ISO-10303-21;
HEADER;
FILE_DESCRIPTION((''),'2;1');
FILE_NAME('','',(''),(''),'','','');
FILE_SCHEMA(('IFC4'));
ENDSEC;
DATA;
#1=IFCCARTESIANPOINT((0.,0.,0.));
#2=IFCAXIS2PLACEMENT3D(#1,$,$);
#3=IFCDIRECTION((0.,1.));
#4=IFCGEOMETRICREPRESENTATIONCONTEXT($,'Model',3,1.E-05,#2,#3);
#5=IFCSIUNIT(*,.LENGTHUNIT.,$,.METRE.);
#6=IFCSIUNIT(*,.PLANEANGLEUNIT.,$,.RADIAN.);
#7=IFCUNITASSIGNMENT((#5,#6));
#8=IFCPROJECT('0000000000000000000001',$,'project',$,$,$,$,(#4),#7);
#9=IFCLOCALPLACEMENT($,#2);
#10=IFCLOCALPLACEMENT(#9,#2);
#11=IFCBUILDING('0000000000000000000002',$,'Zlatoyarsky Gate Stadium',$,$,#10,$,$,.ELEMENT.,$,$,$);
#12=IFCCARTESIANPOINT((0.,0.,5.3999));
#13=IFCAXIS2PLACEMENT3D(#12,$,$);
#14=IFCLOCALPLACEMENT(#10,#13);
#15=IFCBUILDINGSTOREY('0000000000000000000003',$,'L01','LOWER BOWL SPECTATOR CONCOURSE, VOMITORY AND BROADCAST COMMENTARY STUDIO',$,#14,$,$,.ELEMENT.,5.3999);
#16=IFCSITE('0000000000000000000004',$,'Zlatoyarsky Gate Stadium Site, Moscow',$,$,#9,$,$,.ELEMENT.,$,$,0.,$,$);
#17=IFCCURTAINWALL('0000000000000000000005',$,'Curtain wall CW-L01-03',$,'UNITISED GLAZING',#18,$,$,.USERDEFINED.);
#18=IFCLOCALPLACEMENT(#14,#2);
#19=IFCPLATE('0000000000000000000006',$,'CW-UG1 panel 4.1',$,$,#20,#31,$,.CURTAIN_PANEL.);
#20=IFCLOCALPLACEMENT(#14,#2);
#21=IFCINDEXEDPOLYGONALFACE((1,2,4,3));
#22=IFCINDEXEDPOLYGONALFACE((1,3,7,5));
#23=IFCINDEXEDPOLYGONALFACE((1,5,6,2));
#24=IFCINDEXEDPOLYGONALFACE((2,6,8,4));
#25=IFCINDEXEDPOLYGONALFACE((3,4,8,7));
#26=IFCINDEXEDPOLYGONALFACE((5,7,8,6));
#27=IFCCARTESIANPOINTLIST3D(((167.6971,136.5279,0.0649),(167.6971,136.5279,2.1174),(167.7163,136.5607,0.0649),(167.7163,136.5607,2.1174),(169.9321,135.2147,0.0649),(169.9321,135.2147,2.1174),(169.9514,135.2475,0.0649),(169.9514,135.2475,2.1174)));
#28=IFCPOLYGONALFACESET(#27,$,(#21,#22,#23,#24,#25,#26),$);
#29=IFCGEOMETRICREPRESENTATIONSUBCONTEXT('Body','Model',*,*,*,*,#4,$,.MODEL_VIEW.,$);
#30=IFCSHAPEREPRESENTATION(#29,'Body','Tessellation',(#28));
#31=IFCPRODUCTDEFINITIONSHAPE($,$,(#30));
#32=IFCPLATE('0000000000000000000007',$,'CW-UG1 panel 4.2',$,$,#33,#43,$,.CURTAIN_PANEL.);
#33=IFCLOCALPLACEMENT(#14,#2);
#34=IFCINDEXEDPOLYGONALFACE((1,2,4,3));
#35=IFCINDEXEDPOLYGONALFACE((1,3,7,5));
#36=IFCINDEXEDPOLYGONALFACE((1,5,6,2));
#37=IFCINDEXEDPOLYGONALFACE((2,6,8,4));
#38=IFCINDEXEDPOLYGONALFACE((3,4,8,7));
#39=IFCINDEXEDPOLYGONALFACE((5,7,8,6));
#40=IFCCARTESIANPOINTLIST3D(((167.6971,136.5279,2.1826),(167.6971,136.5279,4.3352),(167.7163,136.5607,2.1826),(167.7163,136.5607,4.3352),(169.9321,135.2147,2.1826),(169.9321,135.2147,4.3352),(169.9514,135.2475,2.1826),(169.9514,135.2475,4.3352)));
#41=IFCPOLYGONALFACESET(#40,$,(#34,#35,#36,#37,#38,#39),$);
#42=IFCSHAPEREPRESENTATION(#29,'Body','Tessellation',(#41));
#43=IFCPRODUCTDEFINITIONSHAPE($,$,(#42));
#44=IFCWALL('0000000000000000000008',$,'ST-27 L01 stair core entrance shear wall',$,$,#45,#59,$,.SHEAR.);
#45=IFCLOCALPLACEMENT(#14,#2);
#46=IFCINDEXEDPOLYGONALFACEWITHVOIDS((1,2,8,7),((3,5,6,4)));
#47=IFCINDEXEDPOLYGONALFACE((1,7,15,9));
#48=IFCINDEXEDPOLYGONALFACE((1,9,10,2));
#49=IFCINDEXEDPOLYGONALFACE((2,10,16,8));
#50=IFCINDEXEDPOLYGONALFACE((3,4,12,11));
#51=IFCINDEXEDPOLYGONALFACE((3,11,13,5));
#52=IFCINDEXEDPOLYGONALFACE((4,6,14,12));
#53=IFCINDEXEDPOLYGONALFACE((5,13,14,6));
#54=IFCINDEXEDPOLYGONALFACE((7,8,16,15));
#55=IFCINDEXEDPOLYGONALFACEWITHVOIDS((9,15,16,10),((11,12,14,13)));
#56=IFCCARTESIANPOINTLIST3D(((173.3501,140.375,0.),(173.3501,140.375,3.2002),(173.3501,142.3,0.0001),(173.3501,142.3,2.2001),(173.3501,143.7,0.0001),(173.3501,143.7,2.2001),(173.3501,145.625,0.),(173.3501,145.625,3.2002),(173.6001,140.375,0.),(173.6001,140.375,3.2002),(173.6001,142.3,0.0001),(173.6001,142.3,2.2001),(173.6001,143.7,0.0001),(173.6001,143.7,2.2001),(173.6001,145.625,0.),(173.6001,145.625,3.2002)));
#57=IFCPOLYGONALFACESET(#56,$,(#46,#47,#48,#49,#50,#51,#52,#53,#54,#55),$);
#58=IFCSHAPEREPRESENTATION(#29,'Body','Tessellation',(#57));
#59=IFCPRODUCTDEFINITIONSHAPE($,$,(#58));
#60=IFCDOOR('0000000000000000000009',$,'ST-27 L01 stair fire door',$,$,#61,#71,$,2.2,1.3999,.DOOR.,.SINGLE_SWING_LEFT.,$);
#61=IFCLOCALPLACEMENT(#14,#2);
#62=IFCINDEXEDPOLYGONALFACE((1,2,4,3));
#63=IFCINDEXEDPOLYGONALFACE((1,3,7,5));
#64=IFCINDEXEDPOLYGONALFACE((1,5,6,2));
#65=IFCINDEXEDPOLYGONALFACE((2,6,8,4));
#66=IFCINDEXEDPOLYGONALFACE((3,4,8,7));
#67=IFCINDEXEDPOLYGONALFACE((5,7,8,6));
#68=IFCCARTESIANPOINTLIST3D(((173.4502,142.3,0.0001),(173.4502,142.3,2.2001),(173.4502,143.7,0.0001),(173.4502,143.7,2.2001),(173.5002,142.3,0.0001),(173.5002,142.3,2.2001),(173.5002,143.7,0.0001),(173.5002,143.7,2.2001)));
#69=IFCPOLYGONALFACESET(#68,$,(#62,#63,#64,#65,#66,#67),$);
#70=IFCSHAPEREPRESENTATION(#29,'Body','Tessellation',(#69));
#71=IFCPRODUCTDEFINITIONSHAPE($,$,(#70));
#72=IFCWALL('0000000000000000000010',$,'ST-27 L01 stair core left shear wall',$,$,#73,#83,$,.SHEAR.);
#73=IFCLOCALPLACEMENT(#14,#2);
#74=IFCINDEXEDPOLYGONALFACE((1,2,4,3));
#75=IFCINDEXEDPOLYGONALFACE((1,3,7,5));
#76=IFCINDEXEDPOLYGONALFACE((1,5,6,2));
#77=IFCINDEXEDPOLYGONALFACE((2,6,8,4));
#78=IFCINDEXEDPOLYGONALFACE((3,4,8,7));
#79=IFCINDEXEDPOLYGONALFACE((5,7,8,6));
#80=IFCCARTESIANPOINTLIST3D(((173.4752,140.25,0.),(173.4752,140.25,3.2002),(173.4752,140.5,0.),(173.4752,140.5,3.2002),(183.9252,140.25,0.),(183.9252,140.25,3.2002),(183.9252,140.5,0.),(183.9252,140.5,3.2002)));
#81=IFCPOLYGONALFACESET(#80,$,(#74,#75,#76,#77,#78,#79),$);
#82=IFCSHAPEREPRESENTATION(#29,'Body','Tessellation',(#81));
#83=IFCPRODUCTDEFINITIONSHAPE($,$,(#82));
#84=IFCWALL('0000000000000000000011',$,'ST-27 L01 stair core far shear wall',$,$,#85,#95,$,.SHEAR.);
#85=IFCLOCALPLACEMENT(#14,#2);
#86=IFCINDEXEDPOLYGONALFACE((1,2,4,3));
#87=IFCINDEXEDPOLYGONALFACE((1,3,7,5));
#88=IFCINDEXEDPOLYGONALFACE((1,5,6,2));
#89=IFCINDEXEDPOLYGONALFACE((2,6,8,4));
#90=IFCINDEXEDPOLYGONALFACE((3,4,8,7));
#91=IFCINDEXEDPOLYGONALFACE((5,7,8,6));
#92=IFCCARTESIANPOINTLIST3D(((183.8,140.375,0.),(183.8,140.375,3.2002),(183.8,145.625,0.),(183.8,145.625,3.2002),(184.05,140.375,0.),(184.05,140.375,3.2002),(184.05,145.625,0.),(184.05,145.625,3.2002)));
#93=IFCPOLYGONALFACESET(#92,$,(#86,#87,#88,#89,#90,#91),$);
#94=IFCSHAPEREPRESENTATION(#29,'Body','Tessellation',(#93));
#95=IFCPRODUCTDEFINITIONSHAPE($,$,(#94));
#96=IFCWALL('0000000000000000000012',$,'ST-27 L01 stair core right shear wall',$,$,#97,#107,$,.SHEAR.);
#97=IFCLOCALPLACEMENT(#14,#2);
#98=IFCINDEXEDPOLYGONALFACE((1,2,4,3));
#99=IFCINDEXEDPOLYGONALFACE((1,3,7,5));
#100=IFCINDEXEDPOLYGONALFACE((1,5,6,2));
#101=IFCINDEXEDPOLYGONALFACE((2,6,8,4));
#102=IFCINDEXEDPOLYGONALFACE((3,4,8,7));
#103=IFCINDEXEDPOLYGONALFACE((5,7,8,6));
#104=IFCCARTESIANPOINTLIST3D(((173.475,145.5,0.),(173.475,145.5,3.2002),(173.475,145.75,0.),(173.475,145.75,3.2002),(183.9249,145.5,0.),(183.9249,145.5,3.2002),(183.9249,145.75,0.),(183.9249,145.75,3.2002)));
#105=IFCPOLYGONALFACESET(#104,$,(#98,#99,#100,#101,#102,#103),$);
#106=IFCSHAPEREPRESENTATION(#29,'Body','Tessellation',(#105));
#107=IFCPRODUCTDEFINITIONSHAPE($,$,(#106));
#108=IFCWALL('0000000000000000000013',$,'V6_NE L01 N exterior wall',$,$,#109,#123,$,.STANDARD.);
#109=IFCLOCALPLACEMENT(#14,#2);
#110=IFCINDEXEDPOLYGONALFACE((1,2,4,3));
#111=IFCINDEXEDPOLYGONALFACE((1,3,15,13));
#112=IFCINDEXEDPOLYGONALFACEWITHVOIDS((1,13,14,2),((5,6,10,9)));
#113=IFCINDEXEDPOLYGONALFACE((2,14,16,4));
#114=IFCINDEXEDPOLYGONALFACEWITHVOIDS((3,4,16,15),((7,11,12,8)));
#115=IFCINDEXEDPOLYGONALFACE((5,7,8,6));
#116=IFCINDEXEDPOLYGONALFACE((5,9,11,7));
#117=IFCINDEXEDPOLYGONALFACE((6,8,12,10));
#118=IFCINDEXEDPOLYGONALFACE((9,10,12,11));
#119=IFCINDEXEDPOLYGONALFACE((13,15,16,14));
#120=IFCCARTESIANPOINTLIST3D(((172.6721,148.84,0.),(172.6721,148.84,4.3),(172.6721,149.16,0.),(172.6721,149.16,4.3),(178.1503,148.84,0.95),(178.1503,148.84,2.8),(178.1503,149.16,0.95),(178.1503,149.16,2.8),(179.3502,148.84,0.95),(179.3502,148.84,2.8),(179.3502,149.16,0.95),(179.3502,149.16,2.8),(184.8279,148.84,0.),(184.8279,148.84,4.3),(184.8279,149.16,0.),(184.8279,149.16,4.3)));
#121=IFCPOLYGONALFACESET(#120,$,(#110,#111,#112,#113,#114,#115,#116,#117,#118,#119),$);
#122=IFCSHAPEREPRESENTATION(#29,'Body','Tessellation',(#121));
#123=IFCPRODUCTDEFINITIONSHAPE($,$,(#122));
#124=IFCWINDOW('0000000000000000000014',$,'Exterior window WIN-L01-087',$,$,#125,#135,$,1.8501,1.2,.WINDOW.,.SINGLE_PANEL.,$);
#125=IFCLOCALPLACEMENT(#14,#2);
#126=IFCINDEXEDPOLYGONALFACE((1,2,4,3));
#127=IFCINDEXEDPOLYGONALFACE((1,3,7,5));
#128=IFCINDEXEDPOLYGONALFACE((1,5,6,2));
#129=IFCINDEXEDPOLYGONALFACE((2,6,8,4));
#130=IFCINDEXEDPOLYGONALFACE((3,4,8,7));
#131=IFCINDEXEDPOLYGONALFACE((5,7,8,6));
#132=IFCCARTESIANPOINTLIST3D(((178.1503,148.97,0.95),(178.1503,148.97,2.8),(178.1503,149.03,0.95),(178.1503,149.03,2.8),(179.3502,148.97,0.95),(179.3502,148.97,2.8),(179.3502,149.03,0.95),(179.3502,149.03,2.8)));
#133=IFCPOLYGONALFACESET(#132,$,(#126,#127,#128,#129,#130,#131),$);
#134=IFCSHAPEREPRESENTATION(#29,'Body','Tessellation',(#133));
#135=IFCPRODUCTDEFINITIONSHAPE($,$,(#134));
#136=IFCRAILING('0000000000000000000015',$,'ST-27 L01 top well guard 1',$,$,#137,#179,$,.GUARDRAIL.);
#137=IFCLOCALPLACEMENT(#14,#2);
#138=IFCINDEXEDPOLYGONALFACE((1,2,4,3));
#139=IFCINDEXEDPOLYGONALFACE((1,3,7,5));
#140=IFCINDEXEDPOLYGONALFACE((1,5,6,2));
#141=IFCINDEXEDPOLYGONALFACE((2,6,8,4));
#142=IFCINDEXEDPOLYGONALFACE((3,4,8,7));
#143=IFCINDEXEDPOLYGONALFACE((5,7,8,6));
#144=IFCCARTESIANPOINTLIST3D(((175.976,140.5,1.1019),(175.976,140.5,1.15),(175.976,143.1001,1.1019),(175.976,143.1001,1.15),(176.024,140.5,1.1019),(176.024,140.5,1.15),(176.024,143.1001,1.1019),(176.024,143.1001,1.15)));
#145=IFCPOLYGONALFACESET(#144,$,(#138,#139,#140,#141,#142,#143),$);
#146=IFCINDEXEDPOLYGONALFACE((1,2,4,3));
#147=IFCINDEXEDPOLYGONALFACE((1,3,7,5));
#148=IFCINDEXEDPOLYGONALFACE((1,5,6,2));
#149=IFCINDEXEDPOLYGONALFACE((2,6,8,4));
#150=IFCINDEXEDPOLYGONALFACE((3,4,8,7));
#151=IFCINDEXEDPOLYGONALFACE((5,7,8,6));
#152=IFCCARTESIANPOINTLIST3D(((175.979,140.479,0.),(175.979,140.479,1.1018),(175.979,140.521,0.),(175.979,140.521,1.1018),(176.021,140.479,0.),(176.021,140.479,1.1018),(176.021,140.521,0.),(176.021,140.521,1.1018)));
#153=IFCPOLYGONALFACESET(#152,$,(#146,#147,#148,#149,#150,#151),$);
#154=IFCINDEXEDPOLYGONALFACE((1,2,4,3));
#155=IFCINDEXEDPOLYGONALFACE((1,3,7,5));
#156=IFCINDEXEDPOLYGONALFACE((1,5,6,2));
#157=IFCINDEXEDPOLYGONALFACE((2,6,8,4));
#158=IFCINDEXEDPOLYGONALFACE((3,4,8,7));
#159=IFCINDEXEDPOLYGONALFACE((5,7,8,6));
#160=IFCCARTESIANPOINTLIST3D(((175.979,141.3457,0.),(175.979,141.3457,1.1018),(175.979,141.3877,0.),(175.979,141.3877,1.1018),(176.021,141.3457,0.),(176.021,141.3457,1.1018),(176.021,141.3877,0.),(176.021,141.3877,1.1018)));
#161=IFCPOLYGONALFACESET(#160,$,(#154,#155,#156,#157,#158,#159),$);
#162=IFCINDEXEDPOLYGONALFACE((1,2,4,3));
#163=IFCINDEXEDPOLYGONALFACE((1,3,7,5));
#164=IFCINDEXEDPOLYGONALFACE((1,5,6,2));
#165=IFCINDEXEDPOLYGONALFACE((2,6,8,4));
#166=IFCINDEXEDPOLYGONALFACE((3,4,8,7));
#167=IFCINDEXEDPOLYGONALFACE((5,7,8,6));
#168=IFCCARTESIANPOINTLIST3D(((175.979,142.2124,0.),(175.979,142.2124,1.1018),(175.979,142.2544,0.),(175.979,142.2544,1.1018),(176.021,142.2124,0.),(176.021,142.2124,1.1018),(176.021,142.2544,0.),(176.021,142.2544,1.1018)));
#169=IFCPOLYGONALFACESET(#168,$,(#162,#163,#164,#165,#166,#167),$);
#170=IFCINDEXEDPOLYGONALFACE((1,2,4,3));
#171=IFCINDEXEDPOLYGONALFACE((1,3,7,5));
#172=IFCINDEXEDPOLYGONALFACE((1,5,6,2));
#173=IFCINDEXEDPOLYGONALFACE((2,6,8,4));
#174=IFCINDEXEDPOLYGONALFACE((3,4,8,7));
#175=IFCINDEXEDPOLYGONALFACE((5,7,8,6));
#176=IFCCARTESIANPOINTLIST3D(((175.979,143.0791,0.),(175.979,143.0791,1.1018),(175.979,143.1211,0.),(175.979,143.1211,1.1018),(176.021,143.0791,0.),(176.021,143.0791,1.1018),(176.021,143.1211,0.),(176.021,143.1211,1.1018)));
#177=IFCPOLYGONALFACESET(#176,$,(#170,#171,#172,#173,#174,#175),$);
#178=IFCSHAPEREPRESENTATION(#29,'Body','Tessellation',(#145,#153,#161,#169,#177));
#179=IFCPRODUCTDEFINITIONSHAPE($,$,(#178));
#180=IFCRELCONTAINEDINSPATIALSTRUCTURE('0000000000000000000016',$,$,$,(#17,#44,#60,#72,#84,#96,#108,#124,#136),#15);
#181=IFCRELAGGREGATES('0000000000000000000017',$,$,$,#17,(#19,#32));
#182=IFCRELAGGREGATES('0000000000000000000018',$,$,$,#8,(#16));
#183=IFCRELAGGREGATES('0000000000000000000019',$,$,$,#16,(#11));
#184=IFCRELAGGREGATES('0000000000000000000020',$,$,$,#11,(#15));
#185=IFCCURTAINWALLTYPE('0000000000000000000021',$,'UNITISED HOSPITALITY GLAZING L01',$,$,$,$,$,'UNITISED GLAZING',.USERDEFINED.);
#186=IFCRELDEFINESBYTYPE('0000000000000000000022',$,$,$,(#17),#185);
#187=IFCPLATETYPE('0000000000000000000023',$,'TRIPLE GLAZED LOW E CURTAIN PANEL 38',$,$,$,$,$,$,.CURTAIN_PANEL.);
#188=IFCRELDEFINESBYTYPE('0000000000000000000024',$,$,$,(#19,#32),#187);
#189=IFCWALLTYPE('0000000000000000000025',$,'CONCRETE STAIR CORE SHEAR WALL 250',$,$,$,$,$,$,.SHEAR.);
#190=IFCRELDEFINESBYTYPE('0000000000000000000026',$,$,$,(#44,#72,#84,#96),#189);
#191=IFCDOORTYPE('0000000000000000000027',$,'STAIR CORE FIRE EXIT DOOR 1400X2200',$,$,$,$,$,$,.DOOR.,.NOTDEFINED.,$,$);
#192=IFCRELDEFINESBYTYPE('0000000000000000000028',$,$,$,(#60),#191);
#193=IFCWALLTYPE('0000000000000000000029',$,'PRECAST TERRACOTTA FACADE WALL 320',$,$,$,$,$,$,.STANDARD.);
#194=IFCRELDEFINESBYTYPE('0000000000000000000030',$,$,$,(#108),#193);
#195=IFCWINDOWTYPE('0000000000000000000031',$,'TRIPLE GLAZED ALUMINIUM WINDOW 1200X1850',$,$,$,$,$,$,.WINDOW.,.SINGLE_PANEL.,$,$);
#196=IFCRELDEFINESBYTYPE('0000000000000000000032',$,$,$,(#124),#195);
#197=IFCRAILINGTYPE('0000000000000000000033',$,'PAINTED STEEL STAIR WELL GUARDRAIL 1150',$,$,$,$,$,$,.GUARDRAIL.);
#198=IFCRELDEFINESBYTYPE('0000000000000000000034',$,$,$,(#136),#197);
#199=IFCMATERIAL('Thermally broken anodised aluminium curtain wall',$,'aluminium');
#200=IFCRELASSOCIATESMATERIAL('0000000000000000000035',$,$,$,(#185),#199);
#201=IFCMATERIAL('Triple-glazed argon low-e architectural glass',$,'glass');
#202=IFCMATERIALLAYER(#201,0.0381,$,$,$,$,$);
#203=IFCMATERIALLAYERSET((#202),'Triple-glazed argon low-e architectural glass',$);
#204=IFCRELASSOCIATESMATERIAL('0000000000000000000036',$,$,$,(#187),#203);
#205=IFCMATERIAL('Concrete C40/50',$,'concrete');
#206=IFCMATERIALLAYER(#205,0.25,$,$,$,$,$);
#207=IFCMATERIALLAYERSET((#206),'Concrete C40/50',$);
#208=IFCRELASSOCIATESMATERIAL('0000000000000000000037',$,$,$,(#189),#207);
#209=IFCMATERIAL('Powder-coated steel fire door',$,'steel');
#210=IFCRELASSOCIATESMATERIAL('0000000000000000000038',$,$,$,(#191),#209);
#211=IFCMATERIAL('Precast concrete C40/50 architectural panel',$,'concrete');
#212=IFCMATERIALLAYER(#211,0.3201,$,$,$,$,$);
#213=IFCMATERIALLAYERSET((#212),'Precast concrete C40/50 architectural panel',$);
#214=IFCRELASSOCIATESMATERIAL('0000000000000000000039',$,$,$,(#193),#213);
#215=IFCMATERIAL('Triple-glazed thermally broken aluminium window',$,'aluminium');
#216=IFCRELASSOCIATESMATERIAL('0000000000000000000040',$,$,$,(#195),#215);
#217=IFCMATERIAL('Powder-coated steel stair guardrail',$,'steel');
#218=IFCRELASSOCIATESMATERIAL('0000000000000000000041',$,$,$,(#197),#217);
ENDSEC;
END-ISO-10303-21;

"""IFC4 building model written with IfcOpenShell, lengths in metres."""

from ifc_helpers import new_model, si_unit, direction, frame, frame_2d, origin, origin_2d, place, context, subcontext, project, spatial, rectangle, extrude, material, layer, layer_set, type_object, element, fill, aggregate, save


model = new_model("IFC4")

# Units and contexts
model_context = context("Model", 3, precision=1e-05, world=origin(), true_north=direction((0.0, 1.0)))
body_context = subcontext(model_context, "Body", "Model", "MODEL_VIEW")
ifc_project = project(units=[si_unit("LENGTHUNIT", "METRE"), si_unit("PLANEANGLEUNIT", "RADIAN")], contexts=[model_context])

# Site, building, storey
site_placement = place(None, origin())
site = spatial("IfcSite", under=ifc_project, at=site_placement, Name="Zlatoyarsky Gate Stadium Site, Moscow", CompositionType="ELEMENT", RefElevation=0.0)
building_placement = place(site_placement, origin())
building = spatial("IfcBuilding", under=site, at=building_placement, Name="Zlatoyarsky Gate Stadium", CompositionType="ELEMENT")
storey_placement = place(building_placement, frame((0.0, 0.0, 5.3999)))
storey = spatial("IfcBuildingStorey", under=building, at=storey_placement, Name="L01", Description="LOWER BOWL SPECTATOR CONCOURSE, VOMITORY AND BROADCAST COMMENTARY STUDIO", CompositionType="ELEMENT", Elevation=5.3999)

# Curtain wall, plates
ifc_material_1 = material(Name="Thermally broken anodised aluminium curtain wall", Category="aluminium")
curtain_wall_type = type_object("IfcCurtainWallType", Name="UNITISED HOSPITALITY GLAZING L01", ElementType="UNITISED GLAZING", PredefinedType="USERDEFINED", material=ifc_material_1)
curtain_wall_placement = place(storey_placement, origin())
curtain_wall = element("IfcCurtainWall", 1, at=curtain_wall_placement, inside=storey, type_object=curtain_wall_type, Name="Curtain wall CW-L01-03", ObjectType="UNITISED GLAZING", PredefinedType="USERDEFINED")
ifc_material_2 = material(Name="Triple-glazed argon low-e architectural glass", Category="glass")
ifc_layer_1 = layer(ifc_material_2, 0.0381)
ifc_layer_set_1 = layer_set([ifc_layer_1], Name="Triple-glazed argon low-e architectural glass")
plate_type_1 = type_object("IfcPlateType", Name="TRIPLE GLAZED LOW E CURTAIN PANEL 38", PredefinedType="CURTAIN_PANEL", material=ifc_layer_set_1)
plate_1_placement = place(storey_placement, frame((168.8242, 135.8877, 0.0649), z_axis=(0.0, 0.0, 1.0), x_axis=(-0.862187, 0.50659, 0.0)))
plate_1 = element("IfcPlate", 2, at=plate_1_placement, type_object=plate_type_1, Name="CW-UG1 panel 4.1", PredefinedType="CURTAIN_PANEL", context=body_context, shape_type="SweptSolid", body=[
    extrude(rectangle(XDim=2.5923, YDim=0.0381, at=origin_2d()), origin(), (0.0, 0.0, 1.0), 2.0525),
])
plate_2_placement = place(storey_placement, frame((168.8242, 135.8877, 2.1826), z_axis=(0.0, 0.0, 1.0), x_axis=(-0.862187, 0.50659, 0.0)))
plate_2 = element("IfcPlate", 3, at=plate_2_placement, type_object=plate_type_1, Name="CW-UG1 panel 4.2", PredefinedType="CURTAIN_PANEL", context=body_context, shape_type="SweptSolid", body=[
    extrude(rectangle(XDim=2.5923, YDim=0.0381, at=origin_2d()), origin(), (0.0, 0.0, 1.0), 2.1526),
])
aggregate(curtain_wall, [plate_1, plate_2])

# Wall, opening, door
ifc_material_3 = material(Name="Concrete C40/50", Category="concrete")
ifc_layer_2 = layer(ifc_material_3, 0.25)
ifc_layer_set_2 = layer_set([ifc_layer_2], Name="Concrete C40/50")
wall_type_1 = type_object("IfcWallType", Name="CONCRETE STAIR CORE SHEAR WALL 250", PredefinedType="SHEAR", material=ifc_layer_set_2)
wall_1_placement = place(storey_placement, frame((173.4751, 145.625, 0.0), z_axis=(0.0, 0.0, 1.0), x_axis=(0.0, -1.0, 0.0)))
wall_1 = element("IfcWall", 4, at=wall_1_placement, inside=storey, type_object=wall_type_1, Name="ST-27 L01 stair core entrance shear wall", PredefinedType="SHEAR", context=body_context, shape_type="SweptSolid", body=[
    extrude(rectangle(XDim=5.25, YDim=0.25, at=frame_2d((2.625, 0.0))), origin(), (0.0, 0.0, 1.0), 3.2002),
])
opening_1_placement = place(wall_1_placement, frame((1.925, 0.0, 0.0)))
opening_1 = element("IfcOpeningElement", 5, at=opening_1_placement, cuts=wall_1, PredefinedType="OPENING", context=body_context, shape_type="SweptSolid", body=[
    extrude(rectangle(XDim=1.3999, YDim=2.2, at=frame_2d((0.7, 1.1001))), frame((0.0, 0.135, 0.0), z_axis=(0.0, -1.0, 0.0), x_axis=(1.0, 0.0, 0.0)), (0.0, 0.0, 1.0), 0.27),
])
ifc_material_4 = material(Name="Powder-coated steel fire door", Category="steel")
door_type = type_object("IfcDoorType", Name="STAIR CORE FIRE EXIT DOOR 1400X2200", OperationType="NOTDEFINED", PredefinedType="DOOR", material=ifc_material_4)
door_placement = place(opening_1_placement, frame((1.3999, 0.0, 0.0), z_axis=(0.0, 0.0, 1.0), x_axis=(-1.0, 0.0, 0.0)))
door = element("IfcDoor", 6, at=door_placement, inside=storey, type_object=door_type, Name="ST-27 L01 stair fire door", OperationType="SINGLE_SWING_LEFT", OverallHeight=2.2, OverallWidth=1.3999, PredefinedType="DOOR", context=body_context, shape_type="SweptSolid", body=[
    extrude(rectangle(XDim=1.3999, YDim=2.2, at=frame_2d((0.7, 1.1001))), frame((0.0, 0.0249, 0.0), z_axis=(0.0, -1.0, 0.0), x_axis=(1.0, 0.0, 0.0)), (0.0, 0.0, 1.0), 0.05),
])
fill(opening_1, door)

# Walls
wall_2_placement = place(storey_placement, frame((173.4751, 140.375, 0.0), z_axis=(0.0, 0.0, 1.0), x_axis=(1.0, 0.0, 0.0)))
element("IfcWall", 7, at=wall_2_placement, inside=storey, type_object=wall_type_1, Name="ST-27 L01 stair core left shear wall", PredefinedType="SHEAR", context=body_context, shape_type="SweptSolid", body=[
    extrude(rectangle(XDim=10.45, YDim=0.25, at=frame_2d((5.2251, 0.0))), origin(), (0.0, 0.0, 1.0), 3.2002),
])
wall_3_placement = place(storey_placement, frame((183.925, 140.375, 0.0), z_axis=(0.0, 0.0, 1.0), x_axis=(0.0, 1.0, 0.0)))
element("IfcWall", 8, at=wall_3_placement, inside=storey, type_object=wall_type_1, Name="ST-27 L01 stair core far shear wall", PredefinedType="SHEAR", context=body_context, shape_type="SweptSolid", body=[
    extrude(rectangle(XDim=5.25, YDim=0.25, at=frame_2d((2.625, 0.0))), origin(), (0.0, 0.0, 1.0), 3.2002),
])
wall_4_placement = place(storey_placement, frame((183.925, 145.625, 0.0), z_axis=(0.0, 0.0, 1.0), x_axis=(-1.0, 0.0, 0.0)))
element("IfcWall", 9, at=wall_4_placement, inside=storey, type_object=wall_type_1, Name="ST-27 L01 stair core right shear wall", PredefinedType="SHEAR", context=body_context, shape_type="SweptSolid", body=[
    extrude(rectangle(XDim=10.45, YDim=0.25, at=frame_2d((5.2251, 0.0))), origin(), (0.0, 0.0, 1.0), 3.2002),
])

# Wall, opening, window
ifc_material_5 = material(Name="Precast concrete C40/50 architectural panel", Category="concrete")
ifc_layer_3 = layer(ifc_material_5, 0.3201)
ifc_layer_set_3 = layer_set([ifc_layer_3], Name="Precast concrete C40/50 architectural panel")
wall_type_2 = type_object("IfcWallType", Name="PRECAST TERRACOTTA FACADE WALL 320", PredefinedType="STANDARD", material=ifc_layer_set_3)
wall_5_placement = place(storey_placement, frame((172.6721, 149.0, 0.0), z_axis=(0.0, 0.0, 1.0), x_axis=(1.0, 0.0, 0.0)))
wall_5 = element("IfcWall", 10, at=wall_5_placement, inside=storey, type_object=wall_type_2, Name="V6_NE L01 N exterior wall", PredefinedType="STANDARD", context=body_context, shape_type="SweptSolid", body=[
    extrude(rectangle(XDim=12.1558, YDim=0.3201, at=frame_2d((6.0779, 0.0))), origin(), (0.0, 0.0, 1.0), 4.3),
])
opening_2_placement = place(wall_5_placement, frame((5.478, 0.0, 0.95)))
opening_2 = element("IfcOpeningElement", 11, at=opening_2_placement, cuts=wall_5, PredefinedType="OPENING", context=body_context, shape_type="SweptSolid", body=[
    extrude(rectangle(XDim=1.2, YDim=1.8501, at=frame_2d((0.6001, 0.925))), frame((0.0, 0.1699, 0.0), z_axis=(0.0, -1.0, 0.0), x_axis=(1.0, 0.0, 0.0)), (0.0, 0.0, 1.0), 0.3401),
])
ifc_material_6 = material(Name="Triple-glazed thermally broken aluminium window", Category="aluminium")
window_type = type_object("IfcWindowType", Name="TRIPLE GLAZED ALUMINIUM WINDOW 1200X1850", PartitioningType="SINGLE_PANEL", PredefinedType="WINDOW", material=ifc_material_6)
window_placement = place(opening_2_placement, origin())
window = element("IfcWindow", 12, at=window_placement, inside=storey, type_object=window_type, Name="Exterior window WIN-L01-087", OverallHeight=1.8501, OverallWidth=1.2, PartitioningType="SINGLE_PANEL", PredefinedType="WINDOW", context=body_context, shape_type="SweptSolid", body=[
    extrude(rectangle(XDim=1.2, YDim=1.8501, at=frame_2d((0.6001, 0.925))), frame((0.0, 0.03, 0.0), z_axis=(0.0, -1.0, 0.0), x_axis=(1.0, 0.0, 0.0)), (0.0, 0.0, 1.0), 0.0601),
])
fill(opening_2, window)

# Railing
ifc_material_7 = material(Name="Powder-coated steel stair guardrail", Category="steel")
railing_type_1 = type_object("IfcRailingType", Name="PAINTED STEEL STAIR WELL GUARDRAIL 1150", PredefinedType="GUARDRAIL", material=ifc_material_7)
railing_1_placement = place(storey_placement, frame((176.0, 140.5, 0.0)))
element("IfcRailing", 13, at=railing_1_placement, inside=storey, type_object=railing_type_1, Name="ST-27 L01 top well guard 1", PredefinedType="GUARDRAIL", context=body_context, shape_type="SweptSolid", body=[
    extrude(rectangle(XDim=0.0481, YDim=0.0481, at=origin_2d()), frame((0.0, 0.0, 1.126), z_axis=(0.0, 1.0, 0.0), x_axis=(-1.0, 0.0, 0.0)), (0.0, 0.0, 1.0), 2.6001),
    extrude(rectangle(XDim=0.042, YDim=0.042, at=origin_2d()), origin(), (0.0, 0.0, 1.0), 1.1018),
    extrude(rectangle(XDim=0.042, YDim=0.042, at=origin_2d()), frame((0.0, 0.8667, 0.0)), (0.0, 0.0, 1.0), 1.1018),
    extrude(rectangle(XDim=0.042, YDim=0.042, at=origin_2d()), frame((0.0, 1.7334, 0.0)), (0.0, 0.0, 1.0), 1.1018),
    extrude(rectangle(XDim=0.042, YDim=0.042, at=origin_2d()), frame((0.0, 2.6001, 0.0)), (0.0, 0.0, 1.0), 1.1018),
])

save(model, "model.ifc")
